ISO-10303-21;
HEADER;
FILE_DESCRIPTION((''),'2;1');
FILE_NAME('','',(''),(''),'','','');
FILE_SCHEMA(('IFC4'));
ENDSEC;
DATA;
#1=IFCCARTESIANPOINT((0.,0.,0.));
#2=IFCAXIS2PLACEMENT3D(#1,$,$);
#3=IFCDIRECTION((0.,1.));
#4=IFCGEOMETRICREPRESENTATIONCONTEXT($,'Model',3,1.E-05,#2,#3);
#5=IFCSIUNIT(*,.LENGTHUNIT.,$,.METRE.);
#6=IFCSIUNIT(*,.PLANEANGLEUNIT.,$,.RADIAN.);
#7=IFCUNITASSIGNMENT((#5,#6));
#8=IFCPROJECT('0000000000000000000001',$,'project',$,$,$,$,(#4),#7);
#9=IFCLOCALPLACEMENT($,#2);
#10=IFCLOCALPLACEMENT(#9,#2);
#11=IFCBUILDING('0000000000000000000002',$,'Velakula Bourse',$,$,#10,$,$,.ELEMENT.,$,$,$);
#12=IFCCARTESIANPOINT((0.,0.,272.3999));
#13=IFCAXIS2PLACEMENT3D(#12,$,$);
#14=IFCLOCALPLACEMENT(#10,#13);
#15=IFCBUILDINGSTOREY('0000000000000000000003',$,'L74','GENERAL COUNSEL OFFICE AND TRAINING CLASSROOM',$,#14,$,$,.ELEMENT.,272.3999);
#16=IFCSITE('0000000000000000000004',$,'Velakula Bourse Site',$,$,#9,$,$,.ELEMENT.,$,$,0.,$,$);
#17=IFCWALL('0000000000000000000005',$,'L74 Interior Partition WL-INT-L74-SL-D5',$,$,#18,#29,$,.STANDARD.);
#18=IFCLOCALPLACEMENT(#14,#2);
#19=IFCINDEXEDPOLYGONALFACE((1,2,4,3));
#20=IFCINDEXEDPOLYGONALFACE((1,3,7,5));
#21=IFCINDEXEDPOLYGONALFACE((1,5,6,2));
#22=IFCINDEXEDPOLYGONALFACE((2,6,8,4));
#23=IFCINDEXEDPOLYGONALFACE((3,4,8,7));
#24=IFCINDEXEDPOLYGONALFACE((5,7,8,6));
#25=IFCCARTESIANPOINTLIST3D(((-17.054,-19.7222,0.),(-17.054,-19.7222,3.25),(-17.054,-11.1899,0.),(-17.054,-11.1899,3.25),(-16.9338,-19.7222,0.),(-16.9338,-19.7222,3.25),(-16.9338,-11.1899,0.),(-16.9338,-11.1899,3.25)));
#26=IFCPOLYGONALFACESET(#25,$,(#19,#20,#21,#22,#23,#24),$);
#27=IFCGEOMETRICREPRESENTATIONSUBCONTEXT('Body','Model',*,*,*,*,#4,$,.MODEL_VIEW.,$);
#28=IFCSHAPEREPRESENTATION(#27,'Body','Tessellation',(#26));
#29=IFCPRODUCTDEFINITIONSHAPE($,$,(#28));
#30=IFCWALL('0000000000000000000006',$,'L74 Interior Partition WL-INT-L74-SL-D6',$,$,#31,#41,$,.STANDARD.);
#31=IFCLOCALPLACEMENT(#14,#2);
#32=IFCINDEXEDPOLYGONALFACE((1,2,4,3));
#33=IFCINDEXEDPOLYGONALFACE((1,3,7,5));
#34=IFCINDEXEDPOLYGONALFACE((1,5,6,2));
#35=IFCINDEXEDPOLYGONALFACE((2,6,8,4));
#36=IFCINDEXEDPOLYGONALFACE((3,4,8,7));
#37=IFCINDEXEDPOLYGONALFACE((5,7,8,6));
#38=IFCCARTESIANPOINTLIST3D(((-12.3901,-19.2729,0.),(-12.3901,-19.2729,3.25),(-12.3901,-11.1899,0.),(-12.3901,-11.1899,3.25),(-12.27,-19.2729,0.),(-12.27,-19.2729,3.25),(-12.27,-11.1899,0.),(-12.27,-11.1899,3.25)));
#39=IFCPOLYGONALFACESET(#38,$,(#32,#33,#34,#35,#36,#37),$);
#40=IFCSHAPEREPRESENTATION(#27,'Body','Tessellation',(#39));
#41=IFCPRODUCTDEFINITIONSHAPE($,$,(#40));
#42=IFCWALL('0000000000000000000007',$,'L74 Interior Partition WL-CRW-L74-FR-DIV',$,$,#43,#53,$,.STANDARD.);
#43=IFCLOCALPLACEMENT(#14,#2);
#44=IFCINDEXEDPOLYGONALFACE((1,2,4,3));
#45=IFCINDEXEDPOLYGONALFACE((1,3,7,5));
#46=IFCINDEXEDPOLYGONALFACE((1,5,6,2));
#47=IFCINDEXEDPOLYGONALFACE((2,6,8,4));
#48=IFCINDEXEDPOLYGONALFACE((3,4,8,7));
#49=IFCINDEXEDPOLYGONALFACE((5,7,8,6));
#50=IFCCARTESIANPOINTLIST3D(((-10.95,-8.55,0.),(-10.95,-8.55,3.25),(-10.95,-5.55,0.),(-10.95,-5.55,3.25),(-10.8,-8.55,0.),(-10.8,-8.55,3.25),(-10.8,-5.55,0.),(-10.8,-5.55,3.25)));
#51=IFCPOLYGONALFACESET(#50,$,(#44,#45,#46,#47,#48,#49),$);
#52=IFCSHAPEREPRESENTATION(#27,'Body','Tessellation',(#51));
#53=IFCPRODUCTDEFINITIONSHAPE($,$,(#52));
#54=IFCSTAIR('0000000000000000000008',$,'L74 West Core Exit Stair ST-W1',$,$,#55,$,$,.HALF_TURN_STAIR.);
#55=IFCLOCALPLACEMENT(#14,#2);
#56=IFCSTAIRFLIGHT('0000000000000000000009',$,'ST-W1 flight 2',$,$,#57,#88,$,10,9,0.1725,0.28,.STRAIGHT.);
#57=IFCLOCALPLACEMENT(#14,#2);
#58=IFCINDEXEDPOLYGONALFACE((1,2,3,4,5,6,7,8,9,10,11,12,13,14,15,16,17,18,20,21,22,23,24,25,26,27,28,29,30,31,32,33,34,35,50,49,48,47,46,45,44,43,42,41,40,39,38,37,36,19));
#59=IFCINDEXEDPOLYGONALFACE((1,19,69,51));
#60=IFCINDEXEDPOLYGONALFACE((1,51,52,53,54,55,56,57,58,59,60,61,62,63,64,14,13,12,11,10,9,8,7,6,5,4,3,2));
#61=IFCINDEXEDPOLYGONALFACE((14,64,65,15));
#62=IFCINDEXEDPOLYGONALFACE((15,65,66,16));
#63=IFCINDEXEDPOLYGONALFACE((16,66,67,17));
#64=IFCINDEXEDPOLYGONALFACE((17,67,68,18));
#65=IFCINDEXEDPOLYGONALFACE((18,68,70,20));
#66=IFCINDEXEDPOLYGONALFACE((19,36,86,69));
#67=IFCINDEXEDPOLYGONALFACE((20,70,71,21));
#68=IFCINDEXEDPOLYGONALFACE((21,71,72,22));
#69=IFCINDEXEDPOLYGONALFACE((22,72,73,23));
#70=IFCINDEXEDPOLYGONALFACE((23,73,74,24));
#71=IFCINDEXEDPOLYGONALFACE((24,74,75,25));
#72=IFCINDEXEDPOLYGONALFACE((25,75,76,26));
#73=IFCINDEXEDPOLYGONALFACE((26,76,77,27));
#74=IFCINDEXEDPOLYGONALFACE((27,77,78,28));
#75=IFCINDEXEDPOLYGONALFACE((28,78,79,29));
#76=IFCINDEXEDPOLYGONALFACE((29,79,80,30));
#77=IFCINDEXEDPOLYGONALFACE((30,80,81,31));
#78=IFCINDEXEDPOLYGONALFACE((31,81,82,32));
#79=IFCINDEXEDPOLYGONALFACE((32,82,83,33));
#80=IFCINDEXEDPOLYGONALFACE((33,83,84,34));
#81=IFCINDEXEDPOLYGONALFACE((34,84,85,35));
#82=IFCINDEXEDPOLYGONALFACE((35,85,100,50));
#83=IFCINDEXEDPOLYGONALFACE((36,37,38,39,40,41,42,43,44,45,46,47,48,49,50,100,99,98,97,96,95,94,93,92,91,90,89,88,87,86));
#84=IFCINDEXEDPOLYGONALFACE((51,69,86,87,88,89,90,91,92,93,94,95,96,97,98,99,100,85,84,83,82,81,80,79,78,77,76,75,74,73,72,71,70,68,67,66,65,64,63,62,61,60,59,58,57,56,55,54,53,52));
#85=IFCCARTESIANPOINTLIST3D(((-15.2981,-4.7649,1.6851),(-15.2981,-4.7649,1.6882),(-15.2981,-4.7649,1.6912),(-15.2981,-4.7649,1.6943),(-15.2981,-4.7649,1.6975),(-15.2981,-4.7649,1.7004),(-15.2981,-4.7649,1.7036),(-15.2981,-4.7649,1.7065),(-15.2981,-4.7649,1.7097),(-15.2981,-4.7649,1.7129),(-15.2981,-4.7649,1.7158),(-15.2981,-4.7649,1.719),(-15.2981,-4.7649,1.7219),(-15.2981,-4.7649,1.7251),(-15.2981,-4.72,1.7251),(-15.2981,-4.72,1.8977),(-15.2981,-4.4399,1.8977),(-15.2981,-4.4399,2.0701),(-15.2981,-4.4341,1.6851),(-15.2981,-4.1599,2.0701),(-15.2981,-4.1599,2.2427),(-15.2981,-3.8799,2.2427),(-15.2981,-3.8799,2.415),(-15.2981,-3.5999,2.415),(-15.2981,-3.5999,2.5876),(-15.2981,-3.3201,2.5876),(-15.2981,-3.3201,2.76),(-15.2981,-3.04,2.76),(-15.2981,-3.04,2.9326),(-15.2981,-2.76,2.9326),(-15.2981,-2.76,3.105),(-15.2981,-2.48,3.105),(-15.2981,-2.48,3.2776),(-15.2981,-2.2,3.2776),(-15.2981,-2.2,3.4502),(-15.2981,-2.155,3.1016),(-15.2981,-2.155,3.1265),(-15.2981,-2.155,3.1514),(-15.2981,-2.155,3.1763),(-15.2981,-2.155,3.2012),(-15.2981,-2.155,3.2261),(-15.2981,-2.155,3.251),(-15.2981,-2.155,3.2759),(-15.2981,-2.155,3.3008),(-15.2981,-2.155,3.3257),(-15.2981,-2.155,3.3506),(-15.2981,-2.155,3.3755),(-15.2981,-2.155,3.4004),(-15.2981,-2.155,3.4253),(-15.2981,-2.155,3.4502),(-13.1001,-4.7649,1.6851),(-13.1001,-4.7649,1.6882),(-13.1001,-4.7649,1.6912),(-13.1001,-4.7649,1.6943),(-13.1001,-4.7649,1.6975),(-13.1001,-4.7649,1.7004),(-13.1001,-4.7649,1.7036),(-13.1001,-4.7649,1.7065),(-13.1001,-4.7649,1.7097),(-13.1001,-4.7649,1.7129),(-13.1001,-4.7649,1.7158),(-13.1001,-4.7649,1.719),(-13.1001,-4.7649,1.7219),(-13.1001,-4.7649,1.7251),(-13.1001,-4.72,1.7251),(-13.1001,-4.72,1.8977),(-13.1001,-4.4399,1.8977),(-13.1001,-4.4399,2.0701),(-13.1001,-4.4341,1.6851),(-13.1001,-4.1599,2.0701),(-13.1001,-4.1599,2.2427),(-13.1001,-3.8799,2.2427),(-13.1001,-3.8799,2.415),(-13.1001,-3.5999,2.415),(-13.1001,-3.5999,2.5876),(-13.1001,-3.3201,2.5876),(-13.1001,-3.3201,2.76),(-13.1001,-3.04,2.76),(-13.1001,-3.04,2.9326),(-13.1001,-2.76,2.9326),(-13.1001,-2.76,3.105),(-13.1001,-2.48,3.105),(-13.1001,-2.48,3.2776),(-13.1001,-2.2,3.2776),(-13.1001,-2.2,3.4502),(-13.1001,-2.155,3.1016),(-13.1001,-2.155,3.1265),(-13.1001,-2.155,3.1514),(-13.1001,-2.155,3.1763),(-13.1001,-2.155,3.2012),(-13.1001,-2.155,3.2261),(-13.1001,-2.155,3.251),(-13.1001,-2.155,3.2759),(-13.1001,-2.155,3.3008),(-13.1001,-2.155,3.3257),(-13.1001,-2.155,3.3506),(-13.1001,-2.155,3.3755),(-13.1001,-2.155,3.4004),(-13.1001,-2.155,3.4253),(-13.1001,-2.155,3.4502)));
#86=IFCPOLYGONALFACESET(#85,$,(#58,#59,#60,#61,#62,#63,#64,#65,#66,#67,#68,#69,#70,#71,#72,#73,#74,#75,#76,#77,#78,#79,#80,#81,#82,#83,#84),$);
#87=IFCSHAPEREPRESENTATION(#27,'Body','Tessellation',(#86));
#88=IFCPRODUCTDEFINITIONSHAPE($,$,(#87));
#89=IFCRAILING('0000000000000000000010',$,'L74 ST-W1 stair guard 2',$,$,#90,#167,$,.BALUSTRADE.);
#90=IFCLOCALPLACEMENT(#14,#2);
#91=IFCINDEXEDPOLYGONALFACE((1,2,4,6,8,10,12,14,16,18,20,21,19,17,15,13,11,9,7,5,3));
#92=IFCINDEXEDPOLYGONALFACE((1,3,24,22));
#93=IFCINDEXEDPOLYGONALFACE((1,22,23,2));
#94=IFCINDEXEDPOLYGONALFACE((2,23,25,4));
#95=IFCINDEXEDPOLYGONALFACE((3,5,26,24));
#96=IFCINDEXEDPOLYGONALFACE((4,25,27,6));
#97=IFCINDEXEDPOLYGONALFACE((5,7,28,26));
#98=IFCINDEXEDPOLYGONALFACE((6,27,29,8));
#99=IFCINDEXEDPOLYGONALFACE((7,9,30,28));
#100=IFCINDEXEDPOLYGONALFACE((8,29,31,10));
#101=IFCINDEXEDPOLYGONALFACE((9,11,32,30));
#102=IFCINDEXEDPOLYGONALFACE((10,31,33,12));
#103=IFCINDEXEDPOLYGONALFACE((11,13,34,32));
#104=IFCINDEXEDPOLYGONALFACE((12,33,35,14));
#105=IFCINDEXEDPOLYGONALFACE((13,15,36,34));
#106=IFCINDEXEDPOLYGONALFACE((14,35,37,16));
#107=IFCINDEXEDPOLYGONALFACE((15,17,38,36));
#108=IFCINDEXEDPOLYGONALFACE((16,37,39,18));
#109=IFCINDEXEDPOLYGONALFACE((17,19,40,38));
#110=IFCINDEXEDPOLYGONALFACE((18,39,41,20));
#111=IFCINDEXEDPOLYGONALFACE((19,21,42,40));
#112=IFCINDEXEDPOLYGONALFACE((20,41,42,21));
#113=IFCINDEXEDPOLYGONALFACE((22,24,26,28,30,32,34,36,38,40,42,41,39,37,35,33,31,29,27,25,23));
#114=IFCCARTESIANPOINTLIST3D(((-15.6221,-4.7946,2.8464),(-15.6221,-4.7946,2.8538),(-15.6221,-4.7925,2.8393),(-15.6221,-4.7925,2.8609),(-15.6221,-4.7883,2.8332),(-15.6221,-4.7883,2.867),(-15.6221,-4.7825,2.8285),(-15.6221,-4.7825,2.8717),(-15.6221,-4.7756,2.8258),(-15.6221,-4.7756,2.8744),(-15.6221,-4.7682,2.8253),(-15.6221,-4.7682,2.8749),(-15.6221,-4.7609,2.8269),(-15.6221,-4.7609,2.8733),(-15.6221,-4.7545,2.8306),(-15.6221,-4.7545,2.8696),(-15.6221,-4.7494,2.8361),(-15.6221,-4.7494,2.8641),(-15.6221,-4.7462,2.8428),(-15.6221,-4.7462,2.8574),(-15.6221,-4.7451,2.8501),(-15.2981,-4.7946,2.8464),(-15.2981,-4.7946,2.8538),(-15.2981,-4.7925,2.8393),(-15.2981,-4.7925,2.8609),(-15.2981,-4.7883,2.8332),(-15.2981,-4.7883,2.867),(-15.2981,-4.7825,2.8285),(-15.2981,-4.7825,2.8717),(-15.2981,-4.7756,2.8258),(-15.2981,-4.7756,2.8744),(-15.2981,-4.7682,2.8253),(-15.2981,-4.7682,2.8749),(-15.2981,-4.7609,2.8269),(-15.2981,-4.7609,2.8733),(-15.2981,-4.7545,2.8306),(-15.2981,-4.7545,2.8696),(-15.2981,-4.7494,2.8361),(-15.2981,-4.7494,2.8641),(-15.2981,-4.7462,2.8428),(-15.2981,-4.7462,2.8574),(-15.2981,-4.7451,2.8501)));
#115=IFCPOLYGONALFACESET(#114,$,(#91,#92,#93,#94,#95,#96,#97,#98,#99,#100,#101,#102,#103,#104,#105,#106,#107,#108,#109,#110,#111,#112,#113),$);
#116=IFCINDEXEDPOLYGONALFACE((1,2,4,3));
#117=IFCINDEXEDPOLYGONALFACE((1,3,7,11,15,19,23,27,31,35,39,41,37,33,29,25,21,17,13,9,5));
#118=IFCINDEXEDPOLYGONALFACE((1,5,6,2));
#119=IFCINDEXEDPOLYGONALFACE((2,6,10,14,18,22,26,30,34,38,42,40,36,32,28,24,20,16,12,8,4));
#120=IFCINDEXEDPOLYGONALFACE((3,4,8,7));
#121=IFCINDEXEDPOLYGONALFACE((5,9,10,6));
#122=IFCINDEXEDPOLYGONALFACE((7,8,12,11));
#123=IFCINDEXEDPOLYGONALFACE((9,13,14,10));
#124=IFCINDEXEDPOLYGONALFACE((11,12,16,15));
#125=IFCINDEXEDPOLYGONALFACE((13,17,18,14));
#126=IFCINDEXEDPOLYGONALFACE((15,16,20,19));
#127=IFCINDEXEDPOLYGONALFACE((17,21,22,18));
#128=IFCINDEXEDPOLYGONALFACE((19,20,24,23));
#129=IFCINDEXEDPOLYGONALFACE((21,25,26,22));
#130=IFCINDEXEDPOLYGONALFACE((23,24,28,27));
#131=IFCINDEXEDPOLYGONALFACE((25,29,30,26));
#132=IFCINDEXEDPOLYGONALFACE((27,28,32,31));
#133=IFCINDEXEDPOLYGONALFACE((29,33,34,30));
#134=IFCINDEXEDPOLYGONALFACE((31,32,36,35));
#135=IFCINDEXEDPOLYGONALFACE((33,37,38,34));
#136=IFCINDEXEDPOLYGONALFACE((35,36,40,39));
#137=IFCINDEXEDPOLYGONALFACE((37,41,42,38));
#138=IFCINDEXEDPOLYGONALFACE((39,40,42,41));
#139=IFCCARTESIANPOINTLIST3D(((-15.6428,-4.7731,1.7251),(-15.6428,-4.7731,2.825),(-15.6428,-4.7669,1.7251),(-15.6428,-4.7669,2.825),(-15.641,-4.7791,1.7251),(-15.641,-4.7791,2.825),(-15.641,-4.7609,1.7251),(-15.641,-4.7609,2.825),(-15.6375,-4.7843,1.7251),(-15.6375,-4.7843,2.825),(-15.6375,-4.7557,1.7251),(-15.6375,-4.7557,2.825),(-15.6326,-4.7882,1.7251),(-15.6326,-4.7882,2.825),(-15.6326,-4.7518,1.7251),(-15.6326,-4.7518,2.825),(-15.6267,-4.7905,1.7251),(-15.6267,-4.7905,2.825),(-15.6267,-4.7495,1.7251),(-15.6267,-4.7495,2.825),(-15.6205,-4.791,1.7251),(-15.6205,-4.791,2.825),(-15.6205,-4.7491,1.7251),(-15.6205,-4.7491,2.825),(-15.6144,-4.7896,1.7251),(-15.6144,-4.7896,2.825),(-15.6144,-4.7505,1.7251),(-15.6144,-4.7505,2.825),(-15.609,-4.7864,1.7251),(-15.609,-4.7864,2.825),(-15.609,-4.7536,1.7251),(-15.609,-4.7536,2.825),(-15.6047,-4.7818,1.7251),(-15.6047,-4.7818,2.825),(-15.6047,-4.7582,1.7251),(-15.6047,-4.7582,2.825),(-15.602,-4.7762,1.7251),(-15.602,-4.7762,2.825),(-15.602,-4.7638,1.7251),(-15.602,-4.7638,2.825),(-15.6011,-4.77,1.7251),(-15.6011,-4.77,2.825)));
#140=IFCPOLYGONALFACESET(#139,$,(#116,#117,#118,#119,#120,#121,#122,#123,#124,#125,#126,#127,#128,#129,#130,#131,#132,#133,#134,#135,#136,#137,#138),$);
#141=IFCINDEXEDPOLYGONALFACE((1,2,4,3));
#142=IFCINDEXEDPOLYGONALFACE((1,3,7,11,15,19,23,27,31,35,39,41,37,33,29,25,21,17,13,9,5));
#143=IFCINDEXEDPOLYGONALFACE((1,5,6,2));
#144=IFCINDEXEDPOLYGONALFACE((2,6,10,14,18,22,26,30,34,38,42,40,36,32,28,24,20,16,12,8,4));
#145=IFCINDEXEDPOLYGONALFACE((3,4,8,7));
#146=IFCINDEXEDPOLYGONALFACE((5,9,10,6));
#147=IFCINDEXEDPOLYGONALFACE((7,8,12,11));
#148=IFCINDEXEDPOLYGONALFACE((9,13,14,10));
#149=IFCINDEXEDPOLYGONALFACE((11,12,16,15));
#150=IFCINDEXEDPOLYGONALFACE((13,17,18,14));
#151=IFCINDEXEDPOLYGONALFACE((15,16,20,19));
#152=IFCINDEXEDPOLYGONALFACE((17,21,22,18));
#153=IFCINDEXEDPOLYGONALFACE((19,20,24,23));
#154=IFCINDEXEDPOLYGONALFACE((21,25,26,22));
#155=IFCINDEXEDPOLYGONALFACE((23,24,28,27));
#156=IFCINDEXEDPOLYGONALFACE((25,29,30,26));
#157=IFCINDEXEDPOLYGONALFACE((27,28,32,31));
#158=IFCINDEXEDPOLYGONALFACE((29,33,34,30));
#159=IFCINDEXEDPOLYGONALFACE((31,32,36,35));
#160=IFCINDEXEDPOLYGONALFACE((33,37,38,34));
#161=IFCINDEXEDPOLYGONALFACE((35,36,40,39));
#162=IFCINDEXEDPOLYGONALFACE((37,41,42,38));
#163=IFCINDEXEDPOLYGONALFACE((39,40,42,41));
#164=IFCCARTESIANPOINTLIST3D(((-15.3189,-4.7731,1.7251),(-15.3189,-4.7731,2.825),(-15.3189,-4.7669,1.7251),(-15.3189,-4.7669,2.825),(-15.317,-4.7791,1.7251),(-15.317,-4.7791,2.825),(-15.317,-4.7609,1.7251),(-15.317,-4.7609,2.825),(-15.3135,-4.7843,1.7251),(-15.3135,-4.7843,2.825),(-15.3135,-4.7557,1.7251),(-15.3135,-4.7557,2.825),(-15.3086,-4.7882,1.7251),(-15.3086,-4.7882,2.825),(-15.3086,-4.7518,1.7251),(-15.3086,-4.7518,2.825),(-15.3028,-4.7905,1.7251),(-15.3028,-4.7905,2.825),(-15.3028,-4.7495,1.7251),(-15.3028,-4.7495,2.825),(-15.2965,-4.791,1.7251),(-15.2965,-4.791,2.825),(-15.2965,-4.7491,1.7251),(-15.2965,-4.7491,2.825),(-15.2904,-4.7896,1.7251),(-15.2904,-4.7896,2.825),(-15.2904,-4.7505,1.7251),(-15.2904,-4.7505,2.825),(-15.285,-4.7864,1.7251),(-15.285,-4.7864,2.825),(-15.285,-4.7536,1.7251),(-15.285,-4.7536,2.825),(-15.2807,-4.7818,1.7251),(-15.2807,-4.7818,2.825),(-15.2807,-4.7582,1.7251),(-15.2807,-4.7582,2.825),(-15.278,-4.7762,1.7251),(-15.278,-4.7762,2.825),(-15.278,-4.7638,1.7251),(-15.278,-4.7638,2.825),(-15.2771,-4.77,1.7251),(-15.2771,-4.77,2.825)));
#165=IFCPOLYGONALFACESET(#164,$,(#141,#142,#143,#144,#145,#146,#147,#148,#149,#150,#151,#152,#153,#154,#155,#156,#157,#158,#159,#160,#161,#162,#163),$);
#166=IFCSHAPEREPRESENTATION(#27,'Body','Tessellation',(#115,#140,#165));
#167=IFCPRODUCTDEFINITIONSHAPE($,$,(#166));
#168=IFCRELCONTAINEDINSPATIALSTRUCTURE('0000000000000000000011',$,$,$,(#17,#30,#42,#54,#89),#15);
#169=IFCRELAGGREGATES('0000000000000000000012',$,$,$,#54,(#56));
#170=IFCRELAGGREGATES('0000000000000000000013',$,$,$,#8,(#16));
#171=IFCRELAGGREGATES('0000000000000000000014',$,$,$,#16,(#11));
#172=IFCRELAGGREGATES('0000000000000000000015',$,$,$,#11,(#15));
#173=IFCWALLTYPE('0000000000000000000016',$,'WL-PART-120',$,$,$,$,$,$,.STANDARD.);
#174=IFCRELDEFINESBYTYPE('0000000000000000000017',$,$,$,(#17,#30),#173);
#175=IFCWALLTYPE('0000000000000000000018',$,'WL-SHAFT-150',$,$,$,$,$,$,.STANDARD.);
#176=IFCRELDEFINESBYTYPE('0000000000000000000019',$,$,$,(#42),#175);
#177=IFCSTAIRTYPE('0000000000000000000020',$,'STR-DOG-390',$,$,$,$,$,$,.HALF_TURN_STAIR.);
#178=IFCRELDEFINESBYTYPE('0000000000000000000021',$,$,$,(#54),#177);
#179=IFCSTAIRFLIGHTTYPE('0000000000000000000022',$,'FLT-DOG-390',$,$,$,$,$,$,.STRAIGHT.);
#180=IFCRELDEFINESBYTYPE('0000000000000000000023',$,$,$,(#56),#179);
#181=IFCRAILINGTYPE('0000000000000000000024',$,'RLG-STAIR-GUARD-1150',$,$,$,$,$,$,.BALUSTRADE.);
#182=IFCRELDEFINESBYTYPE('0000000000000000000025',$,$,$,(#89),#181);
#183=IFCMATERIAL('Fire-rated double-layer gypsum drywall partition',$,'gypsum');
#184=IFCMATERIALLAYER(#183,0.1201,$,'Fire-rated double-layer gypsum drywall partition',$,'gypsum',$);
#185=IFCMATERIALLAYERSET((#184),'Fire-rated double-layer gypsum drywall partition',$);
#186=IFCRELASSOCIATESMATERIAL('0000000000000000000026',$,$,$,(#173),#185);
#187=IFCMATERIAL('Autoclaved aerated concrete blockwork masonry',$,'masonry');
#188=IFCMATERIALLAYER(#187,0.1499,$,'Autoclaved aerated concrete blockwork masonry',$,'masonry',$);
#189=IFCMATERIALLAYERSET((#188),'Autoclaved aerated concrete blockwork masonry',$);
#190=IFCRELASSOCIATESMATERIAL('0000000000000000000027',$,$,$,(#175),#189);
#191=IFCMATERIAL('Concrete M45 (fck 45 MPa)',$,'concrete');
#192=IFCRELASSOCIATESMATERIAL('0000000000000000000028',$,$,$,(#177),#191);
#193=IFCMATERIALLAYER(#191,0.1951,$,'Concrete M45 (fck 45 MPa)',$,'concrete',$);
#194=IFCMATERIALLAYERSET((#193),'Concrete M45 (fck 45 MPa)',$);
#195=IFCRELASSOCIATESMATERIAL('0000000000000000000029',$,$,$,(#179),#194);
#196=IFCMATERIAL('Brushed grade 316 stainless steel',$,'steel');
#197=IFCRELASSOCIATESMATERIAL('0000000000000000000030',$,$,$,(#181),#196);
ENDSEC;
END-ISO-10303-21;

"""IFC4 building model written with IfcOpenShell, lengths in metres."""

from ifc_helpers import new_model, si_unit, direction, frame, frame_2d, origin, origin_2d, place, context, subcontext, project, spatial, polyline, rectangle, circle, outline, extrude, material, layer, layer_set, type_object, element, aggregate, save


model = new_model("IFC4")

# Units and contexts
model_context = context("Model", 3, precision=1e-05, world=origin(), true_north=direction((0.0, 1.0)))
body_context = subcontext(model_context, "Body", "Model", "MODEL_VIEW")
ifc_project = project(units=[si_unit("LENGTHUNIT", "METRE"), si_unit("PLANEANGLEUNIT", "RADIAN")], contexts=[model_context])

# Site, building, storey
site_placement = place(None, origin())
site = spatial("IfcSite", under=ifc_project, at=site_placement, Name="Velakula Bourse Site", CompositionType="ELEMENT", RefElevation=0.0)
building_placement = place(site_placement, origin())
building = spatial("IfcBuilding", under=site, at=building_placement, Name="Velakula Bourse", CompositionType="ELEMENT")
storey_placement = place(building_placement, frame((0.0, 0.0, 272.3999)))
storey = spatial("IfcBuildingStorey", under=building, at=storey_placement, Name="L74", Description="GENERAL COUNSEL OFFICE AND TRAINING CLASSROOM", CompositionType="ELEMENT", Elevation=272.3999)

# Walls
ifc_material_1 = material(Name="Fire-rated double-layer gypsum drywall partition", Category="gypsum")
ifc_layer_1 = layer(ifc_material_1, 0.1201, Name="Fire-rated double-layer gypsum drywall partition", Category="gypsum")
ifc_layer_set_1 = layer_set([ifc_layer_1], Name="Fire-rated double-layer gypsum drywall partition")
wall_type_1 = type_object("IfcWallType", Name="WL-PART-120", PredefinedType="STANDARD", material=ifc_layer_set_1)
wall_1_placement = place(storey_placement, frame((-16.9939, -19.7222, 0.0), z_axis=(0.0, 0.0, 1.0), x_axis=(0.0, 1.0, 0.0)))
element("IfcWall", 1, at=wall_1_placement, inside=storey, type_object=wall_type_1, Name="L74 Interior Partition WL-INT-L74-SL-D5", PredefinedType="STANDARD", context=body_context, shape_type="SweptSolid", body=[
    extrude(rectangle(XDim=8.5322, YDim=0.1201, at=frame_2d((4.2661, 0.0))), origin(), (0.0, 0.0, 1.0), 3.25),
])
wall_2_placement = place(storey_placement, frame((-12.3301, -19.2729, 0.0), z_axis=(0.0, 0.0, 1.0), x_axis=(0.0, 1.0, 0.0)))
element("IfcWall", 2, at=wall_2_placement, inside=storey, type_object=wall_type_1, Name="L74 Interior Partition WL-INT-L74-SL-D6", PredefinedType="STANDARD", context=body_context, shape_type="SweptSolid", body=[
    extrude(rectangle(XDim=8.083, YDim=0.1201, at=frame_2d((4.0415, 0.0))), origin(), (0.0, 0.0, 1.0), 3.25),
])

# Shared definitions
ifc_material_2 = material(Name="Autoclaved aerated concrete blockwork masonry", Category="masonry")
ifc_layer_2 = layer(ifc_material_2, 0.1499, Name="Autoclaved aerated concrete blockwork masonry", Category="masonry")
ifc_layer_set_2 = layer_set([ifc_layer_2], Name="Autoclaved aerated concrete blockwork masonry")
wall_type_2 = type_object("IfcWallType", Name="WL-SHAFT-150", PredefinedType="STANDARD", material=ifc_layer_set_2)
ifc_material_3 = material(Name="Brushed grade 316 stainless steel", Category="steel")

# Wall
wall_3_placement = place(storey_placement, frame((-10.875, -8.55, 0.0), z_axis=(0.0, 0.0, 1.0), x_axis=(0.0, 1.0, 0.0)))
element("IfcWall", 3, at=wall_3_placement, inside=storey, type_object=wall_type_2, Name="L74 Interior Partition WL-CRW-L74-FR-DIV", PredefinedType="STANDARD", context=body_context, shape_type="SweptSolid", body=[
    extrude(rectangle(XDim=3.0, YDim=0.1499, at=frame_2d((1.5, 0.0))), origin(), (0.0, 0.0, 1.0), 3.25),
])

# Stair, stair flight
ifc_material_4 = material(Name="Concrete M45 (fck 45 MPa)", Category="concrete")
stair_type = type_object("IfcStairType", Name="STR-DOG-390", PredefinedType="HALF_TURN_STAIR", material=ifc_material_4)
stair_placement = place(storey_placement, origin())
stair = element("IfcStair", 4, at=stair_placement, inside=storey, type_object=stair_type, Name="L74 West Core Exit Stair ST-W1", PredefinedType="HALF_TURN_STAIR")
ifc_layer_3 = layer(ifc_material_4, 0.1951, Name="Concrete M45 (fck 45 MPa)", Category="concrete")
ifc_layer_set_3 = layer_set([ifc_layer_3], Name="Concrete M45 (fck 45 MPa)")
stair_flight_type = type_object("IfcStairFlightType", Name="FLT-DOG-390", PredefinedType="STRAIGHT", material=ifc_layer_set_3)
stair_flight_placement = place(storey_placement, frame((-14.199, -4.72, 1.7251), z_axis=(0.0, 0.0, 1.0), x_axis=(0.0, 1.0, 0.0)))
stair_flight = element("IfcStairFlight", 5, at=stair_flight_placement, type_object=stair_flight_type, Name="ST-W1 flight 2", NumberOfRisers=10, NumberOfTreads=9, PredefinedType="STRAIGHT", RiserHeight=0.1725, TreadLength=0.28, context=body_context, shape_type="SweptSolid", body=[
    extrude(outline(polyline([(-0.0449, -0.04), (-0.0449, -0.0369), (-0.0449, -0.0339), (-0.0449, -0.0308), (-0.0449, -0.0276), (-0.0449, -0.0247), (-0.0449, -0.0215), (-0.0449, -0.0186), (-0.0449, -0.0154), (-0.0449, -0.0122), (-0.0449, -0.0093), (-0.0449, -0.0061), (-0.0449, -0.0032), (-0.0449, 0.0), (0.0, 0.0), (0.0, 0.1726), (0.28, 0.1726), (0.28, 0.345), (0.5601, 0.345), (0.5601, 0.5176), (0.8401, 0.5176), (0.8401, 0.6899), (1.1201, 0.6899), (1.1201, 0.8625), (1.3999, 0.8625), (1.3999, 1.0349), (1.6799, 1.0349), (1.6799, 1.2075), (1.96, 1.2075), (1.96, 1.3799), (2.24, 1.3799), (2.24, 1.5525), (2.52, 1.5525), (2.52, 1.7251), (2.5649, 1.7251), (2.5649, 1.7002), (2.5649, 1.6753), (2.5649, 1.6504), (2.5649, 1.6255), (2.5649, 1.6006), (2.5649, 1.5757), (2.5649, 1.5508), (2.5649, 1.5259), (2.5649, 1.501), (2.5649, 1.4761), (2.5649, 1.4512), (2.5649, 1.4263), (2.5649, 1.4014), (2.5649, 1.3765), (0.2859, -0.04), (-0.0449, -0.04)])), frame((0.0, 1.0991, 0.0), z_axis=(0.0, -1.0, 0.0), x_axis=(1.0, 0.0, 0.0)), (0.0, 0.0, 1.0), 2.198),
])
aggregate(stair, [stair_flight])

# Railing
railing_type_1 = type_object("IfcRailingType", Name="RLG-STAIR-GUARD-1150", PredefinedType="BALUSTRADE", material=ifc_material_3)
railing_1_placement = place(storey_placement, frame((-15.6221, -4.77, 1.7251)))
element("IfcRailing", 6, at=railing_1_placement, inside=storey, type_object=railing_type_1, Name="L74 ST-W1 stair guard 2", PredefinedType="BALUSTRADE", context=body_context, shape_type="SweptSolid", body=[
    extrude(circle(Radius=0.0249, at=origin_2d()), frame((0.0, 0.0, 1.125), z_axis=(1.0, 0.0, 0.0), x_axis=(0.0, 1.0, 0.0)), (0.0, 0.0, 1.0), 0.324),
    extrude(circle(Radius=0.021, at=origin_2d()), origin(), (0.0, 0.0, 1.0), 1.0999),
    extrude(circle(Radius=0.021, at=origin_2d()), frame((0.324, 0.0, 0.0)), (0.0, 0.0, 1.0), 1.0999),
])

save(model, "model.ifc")
